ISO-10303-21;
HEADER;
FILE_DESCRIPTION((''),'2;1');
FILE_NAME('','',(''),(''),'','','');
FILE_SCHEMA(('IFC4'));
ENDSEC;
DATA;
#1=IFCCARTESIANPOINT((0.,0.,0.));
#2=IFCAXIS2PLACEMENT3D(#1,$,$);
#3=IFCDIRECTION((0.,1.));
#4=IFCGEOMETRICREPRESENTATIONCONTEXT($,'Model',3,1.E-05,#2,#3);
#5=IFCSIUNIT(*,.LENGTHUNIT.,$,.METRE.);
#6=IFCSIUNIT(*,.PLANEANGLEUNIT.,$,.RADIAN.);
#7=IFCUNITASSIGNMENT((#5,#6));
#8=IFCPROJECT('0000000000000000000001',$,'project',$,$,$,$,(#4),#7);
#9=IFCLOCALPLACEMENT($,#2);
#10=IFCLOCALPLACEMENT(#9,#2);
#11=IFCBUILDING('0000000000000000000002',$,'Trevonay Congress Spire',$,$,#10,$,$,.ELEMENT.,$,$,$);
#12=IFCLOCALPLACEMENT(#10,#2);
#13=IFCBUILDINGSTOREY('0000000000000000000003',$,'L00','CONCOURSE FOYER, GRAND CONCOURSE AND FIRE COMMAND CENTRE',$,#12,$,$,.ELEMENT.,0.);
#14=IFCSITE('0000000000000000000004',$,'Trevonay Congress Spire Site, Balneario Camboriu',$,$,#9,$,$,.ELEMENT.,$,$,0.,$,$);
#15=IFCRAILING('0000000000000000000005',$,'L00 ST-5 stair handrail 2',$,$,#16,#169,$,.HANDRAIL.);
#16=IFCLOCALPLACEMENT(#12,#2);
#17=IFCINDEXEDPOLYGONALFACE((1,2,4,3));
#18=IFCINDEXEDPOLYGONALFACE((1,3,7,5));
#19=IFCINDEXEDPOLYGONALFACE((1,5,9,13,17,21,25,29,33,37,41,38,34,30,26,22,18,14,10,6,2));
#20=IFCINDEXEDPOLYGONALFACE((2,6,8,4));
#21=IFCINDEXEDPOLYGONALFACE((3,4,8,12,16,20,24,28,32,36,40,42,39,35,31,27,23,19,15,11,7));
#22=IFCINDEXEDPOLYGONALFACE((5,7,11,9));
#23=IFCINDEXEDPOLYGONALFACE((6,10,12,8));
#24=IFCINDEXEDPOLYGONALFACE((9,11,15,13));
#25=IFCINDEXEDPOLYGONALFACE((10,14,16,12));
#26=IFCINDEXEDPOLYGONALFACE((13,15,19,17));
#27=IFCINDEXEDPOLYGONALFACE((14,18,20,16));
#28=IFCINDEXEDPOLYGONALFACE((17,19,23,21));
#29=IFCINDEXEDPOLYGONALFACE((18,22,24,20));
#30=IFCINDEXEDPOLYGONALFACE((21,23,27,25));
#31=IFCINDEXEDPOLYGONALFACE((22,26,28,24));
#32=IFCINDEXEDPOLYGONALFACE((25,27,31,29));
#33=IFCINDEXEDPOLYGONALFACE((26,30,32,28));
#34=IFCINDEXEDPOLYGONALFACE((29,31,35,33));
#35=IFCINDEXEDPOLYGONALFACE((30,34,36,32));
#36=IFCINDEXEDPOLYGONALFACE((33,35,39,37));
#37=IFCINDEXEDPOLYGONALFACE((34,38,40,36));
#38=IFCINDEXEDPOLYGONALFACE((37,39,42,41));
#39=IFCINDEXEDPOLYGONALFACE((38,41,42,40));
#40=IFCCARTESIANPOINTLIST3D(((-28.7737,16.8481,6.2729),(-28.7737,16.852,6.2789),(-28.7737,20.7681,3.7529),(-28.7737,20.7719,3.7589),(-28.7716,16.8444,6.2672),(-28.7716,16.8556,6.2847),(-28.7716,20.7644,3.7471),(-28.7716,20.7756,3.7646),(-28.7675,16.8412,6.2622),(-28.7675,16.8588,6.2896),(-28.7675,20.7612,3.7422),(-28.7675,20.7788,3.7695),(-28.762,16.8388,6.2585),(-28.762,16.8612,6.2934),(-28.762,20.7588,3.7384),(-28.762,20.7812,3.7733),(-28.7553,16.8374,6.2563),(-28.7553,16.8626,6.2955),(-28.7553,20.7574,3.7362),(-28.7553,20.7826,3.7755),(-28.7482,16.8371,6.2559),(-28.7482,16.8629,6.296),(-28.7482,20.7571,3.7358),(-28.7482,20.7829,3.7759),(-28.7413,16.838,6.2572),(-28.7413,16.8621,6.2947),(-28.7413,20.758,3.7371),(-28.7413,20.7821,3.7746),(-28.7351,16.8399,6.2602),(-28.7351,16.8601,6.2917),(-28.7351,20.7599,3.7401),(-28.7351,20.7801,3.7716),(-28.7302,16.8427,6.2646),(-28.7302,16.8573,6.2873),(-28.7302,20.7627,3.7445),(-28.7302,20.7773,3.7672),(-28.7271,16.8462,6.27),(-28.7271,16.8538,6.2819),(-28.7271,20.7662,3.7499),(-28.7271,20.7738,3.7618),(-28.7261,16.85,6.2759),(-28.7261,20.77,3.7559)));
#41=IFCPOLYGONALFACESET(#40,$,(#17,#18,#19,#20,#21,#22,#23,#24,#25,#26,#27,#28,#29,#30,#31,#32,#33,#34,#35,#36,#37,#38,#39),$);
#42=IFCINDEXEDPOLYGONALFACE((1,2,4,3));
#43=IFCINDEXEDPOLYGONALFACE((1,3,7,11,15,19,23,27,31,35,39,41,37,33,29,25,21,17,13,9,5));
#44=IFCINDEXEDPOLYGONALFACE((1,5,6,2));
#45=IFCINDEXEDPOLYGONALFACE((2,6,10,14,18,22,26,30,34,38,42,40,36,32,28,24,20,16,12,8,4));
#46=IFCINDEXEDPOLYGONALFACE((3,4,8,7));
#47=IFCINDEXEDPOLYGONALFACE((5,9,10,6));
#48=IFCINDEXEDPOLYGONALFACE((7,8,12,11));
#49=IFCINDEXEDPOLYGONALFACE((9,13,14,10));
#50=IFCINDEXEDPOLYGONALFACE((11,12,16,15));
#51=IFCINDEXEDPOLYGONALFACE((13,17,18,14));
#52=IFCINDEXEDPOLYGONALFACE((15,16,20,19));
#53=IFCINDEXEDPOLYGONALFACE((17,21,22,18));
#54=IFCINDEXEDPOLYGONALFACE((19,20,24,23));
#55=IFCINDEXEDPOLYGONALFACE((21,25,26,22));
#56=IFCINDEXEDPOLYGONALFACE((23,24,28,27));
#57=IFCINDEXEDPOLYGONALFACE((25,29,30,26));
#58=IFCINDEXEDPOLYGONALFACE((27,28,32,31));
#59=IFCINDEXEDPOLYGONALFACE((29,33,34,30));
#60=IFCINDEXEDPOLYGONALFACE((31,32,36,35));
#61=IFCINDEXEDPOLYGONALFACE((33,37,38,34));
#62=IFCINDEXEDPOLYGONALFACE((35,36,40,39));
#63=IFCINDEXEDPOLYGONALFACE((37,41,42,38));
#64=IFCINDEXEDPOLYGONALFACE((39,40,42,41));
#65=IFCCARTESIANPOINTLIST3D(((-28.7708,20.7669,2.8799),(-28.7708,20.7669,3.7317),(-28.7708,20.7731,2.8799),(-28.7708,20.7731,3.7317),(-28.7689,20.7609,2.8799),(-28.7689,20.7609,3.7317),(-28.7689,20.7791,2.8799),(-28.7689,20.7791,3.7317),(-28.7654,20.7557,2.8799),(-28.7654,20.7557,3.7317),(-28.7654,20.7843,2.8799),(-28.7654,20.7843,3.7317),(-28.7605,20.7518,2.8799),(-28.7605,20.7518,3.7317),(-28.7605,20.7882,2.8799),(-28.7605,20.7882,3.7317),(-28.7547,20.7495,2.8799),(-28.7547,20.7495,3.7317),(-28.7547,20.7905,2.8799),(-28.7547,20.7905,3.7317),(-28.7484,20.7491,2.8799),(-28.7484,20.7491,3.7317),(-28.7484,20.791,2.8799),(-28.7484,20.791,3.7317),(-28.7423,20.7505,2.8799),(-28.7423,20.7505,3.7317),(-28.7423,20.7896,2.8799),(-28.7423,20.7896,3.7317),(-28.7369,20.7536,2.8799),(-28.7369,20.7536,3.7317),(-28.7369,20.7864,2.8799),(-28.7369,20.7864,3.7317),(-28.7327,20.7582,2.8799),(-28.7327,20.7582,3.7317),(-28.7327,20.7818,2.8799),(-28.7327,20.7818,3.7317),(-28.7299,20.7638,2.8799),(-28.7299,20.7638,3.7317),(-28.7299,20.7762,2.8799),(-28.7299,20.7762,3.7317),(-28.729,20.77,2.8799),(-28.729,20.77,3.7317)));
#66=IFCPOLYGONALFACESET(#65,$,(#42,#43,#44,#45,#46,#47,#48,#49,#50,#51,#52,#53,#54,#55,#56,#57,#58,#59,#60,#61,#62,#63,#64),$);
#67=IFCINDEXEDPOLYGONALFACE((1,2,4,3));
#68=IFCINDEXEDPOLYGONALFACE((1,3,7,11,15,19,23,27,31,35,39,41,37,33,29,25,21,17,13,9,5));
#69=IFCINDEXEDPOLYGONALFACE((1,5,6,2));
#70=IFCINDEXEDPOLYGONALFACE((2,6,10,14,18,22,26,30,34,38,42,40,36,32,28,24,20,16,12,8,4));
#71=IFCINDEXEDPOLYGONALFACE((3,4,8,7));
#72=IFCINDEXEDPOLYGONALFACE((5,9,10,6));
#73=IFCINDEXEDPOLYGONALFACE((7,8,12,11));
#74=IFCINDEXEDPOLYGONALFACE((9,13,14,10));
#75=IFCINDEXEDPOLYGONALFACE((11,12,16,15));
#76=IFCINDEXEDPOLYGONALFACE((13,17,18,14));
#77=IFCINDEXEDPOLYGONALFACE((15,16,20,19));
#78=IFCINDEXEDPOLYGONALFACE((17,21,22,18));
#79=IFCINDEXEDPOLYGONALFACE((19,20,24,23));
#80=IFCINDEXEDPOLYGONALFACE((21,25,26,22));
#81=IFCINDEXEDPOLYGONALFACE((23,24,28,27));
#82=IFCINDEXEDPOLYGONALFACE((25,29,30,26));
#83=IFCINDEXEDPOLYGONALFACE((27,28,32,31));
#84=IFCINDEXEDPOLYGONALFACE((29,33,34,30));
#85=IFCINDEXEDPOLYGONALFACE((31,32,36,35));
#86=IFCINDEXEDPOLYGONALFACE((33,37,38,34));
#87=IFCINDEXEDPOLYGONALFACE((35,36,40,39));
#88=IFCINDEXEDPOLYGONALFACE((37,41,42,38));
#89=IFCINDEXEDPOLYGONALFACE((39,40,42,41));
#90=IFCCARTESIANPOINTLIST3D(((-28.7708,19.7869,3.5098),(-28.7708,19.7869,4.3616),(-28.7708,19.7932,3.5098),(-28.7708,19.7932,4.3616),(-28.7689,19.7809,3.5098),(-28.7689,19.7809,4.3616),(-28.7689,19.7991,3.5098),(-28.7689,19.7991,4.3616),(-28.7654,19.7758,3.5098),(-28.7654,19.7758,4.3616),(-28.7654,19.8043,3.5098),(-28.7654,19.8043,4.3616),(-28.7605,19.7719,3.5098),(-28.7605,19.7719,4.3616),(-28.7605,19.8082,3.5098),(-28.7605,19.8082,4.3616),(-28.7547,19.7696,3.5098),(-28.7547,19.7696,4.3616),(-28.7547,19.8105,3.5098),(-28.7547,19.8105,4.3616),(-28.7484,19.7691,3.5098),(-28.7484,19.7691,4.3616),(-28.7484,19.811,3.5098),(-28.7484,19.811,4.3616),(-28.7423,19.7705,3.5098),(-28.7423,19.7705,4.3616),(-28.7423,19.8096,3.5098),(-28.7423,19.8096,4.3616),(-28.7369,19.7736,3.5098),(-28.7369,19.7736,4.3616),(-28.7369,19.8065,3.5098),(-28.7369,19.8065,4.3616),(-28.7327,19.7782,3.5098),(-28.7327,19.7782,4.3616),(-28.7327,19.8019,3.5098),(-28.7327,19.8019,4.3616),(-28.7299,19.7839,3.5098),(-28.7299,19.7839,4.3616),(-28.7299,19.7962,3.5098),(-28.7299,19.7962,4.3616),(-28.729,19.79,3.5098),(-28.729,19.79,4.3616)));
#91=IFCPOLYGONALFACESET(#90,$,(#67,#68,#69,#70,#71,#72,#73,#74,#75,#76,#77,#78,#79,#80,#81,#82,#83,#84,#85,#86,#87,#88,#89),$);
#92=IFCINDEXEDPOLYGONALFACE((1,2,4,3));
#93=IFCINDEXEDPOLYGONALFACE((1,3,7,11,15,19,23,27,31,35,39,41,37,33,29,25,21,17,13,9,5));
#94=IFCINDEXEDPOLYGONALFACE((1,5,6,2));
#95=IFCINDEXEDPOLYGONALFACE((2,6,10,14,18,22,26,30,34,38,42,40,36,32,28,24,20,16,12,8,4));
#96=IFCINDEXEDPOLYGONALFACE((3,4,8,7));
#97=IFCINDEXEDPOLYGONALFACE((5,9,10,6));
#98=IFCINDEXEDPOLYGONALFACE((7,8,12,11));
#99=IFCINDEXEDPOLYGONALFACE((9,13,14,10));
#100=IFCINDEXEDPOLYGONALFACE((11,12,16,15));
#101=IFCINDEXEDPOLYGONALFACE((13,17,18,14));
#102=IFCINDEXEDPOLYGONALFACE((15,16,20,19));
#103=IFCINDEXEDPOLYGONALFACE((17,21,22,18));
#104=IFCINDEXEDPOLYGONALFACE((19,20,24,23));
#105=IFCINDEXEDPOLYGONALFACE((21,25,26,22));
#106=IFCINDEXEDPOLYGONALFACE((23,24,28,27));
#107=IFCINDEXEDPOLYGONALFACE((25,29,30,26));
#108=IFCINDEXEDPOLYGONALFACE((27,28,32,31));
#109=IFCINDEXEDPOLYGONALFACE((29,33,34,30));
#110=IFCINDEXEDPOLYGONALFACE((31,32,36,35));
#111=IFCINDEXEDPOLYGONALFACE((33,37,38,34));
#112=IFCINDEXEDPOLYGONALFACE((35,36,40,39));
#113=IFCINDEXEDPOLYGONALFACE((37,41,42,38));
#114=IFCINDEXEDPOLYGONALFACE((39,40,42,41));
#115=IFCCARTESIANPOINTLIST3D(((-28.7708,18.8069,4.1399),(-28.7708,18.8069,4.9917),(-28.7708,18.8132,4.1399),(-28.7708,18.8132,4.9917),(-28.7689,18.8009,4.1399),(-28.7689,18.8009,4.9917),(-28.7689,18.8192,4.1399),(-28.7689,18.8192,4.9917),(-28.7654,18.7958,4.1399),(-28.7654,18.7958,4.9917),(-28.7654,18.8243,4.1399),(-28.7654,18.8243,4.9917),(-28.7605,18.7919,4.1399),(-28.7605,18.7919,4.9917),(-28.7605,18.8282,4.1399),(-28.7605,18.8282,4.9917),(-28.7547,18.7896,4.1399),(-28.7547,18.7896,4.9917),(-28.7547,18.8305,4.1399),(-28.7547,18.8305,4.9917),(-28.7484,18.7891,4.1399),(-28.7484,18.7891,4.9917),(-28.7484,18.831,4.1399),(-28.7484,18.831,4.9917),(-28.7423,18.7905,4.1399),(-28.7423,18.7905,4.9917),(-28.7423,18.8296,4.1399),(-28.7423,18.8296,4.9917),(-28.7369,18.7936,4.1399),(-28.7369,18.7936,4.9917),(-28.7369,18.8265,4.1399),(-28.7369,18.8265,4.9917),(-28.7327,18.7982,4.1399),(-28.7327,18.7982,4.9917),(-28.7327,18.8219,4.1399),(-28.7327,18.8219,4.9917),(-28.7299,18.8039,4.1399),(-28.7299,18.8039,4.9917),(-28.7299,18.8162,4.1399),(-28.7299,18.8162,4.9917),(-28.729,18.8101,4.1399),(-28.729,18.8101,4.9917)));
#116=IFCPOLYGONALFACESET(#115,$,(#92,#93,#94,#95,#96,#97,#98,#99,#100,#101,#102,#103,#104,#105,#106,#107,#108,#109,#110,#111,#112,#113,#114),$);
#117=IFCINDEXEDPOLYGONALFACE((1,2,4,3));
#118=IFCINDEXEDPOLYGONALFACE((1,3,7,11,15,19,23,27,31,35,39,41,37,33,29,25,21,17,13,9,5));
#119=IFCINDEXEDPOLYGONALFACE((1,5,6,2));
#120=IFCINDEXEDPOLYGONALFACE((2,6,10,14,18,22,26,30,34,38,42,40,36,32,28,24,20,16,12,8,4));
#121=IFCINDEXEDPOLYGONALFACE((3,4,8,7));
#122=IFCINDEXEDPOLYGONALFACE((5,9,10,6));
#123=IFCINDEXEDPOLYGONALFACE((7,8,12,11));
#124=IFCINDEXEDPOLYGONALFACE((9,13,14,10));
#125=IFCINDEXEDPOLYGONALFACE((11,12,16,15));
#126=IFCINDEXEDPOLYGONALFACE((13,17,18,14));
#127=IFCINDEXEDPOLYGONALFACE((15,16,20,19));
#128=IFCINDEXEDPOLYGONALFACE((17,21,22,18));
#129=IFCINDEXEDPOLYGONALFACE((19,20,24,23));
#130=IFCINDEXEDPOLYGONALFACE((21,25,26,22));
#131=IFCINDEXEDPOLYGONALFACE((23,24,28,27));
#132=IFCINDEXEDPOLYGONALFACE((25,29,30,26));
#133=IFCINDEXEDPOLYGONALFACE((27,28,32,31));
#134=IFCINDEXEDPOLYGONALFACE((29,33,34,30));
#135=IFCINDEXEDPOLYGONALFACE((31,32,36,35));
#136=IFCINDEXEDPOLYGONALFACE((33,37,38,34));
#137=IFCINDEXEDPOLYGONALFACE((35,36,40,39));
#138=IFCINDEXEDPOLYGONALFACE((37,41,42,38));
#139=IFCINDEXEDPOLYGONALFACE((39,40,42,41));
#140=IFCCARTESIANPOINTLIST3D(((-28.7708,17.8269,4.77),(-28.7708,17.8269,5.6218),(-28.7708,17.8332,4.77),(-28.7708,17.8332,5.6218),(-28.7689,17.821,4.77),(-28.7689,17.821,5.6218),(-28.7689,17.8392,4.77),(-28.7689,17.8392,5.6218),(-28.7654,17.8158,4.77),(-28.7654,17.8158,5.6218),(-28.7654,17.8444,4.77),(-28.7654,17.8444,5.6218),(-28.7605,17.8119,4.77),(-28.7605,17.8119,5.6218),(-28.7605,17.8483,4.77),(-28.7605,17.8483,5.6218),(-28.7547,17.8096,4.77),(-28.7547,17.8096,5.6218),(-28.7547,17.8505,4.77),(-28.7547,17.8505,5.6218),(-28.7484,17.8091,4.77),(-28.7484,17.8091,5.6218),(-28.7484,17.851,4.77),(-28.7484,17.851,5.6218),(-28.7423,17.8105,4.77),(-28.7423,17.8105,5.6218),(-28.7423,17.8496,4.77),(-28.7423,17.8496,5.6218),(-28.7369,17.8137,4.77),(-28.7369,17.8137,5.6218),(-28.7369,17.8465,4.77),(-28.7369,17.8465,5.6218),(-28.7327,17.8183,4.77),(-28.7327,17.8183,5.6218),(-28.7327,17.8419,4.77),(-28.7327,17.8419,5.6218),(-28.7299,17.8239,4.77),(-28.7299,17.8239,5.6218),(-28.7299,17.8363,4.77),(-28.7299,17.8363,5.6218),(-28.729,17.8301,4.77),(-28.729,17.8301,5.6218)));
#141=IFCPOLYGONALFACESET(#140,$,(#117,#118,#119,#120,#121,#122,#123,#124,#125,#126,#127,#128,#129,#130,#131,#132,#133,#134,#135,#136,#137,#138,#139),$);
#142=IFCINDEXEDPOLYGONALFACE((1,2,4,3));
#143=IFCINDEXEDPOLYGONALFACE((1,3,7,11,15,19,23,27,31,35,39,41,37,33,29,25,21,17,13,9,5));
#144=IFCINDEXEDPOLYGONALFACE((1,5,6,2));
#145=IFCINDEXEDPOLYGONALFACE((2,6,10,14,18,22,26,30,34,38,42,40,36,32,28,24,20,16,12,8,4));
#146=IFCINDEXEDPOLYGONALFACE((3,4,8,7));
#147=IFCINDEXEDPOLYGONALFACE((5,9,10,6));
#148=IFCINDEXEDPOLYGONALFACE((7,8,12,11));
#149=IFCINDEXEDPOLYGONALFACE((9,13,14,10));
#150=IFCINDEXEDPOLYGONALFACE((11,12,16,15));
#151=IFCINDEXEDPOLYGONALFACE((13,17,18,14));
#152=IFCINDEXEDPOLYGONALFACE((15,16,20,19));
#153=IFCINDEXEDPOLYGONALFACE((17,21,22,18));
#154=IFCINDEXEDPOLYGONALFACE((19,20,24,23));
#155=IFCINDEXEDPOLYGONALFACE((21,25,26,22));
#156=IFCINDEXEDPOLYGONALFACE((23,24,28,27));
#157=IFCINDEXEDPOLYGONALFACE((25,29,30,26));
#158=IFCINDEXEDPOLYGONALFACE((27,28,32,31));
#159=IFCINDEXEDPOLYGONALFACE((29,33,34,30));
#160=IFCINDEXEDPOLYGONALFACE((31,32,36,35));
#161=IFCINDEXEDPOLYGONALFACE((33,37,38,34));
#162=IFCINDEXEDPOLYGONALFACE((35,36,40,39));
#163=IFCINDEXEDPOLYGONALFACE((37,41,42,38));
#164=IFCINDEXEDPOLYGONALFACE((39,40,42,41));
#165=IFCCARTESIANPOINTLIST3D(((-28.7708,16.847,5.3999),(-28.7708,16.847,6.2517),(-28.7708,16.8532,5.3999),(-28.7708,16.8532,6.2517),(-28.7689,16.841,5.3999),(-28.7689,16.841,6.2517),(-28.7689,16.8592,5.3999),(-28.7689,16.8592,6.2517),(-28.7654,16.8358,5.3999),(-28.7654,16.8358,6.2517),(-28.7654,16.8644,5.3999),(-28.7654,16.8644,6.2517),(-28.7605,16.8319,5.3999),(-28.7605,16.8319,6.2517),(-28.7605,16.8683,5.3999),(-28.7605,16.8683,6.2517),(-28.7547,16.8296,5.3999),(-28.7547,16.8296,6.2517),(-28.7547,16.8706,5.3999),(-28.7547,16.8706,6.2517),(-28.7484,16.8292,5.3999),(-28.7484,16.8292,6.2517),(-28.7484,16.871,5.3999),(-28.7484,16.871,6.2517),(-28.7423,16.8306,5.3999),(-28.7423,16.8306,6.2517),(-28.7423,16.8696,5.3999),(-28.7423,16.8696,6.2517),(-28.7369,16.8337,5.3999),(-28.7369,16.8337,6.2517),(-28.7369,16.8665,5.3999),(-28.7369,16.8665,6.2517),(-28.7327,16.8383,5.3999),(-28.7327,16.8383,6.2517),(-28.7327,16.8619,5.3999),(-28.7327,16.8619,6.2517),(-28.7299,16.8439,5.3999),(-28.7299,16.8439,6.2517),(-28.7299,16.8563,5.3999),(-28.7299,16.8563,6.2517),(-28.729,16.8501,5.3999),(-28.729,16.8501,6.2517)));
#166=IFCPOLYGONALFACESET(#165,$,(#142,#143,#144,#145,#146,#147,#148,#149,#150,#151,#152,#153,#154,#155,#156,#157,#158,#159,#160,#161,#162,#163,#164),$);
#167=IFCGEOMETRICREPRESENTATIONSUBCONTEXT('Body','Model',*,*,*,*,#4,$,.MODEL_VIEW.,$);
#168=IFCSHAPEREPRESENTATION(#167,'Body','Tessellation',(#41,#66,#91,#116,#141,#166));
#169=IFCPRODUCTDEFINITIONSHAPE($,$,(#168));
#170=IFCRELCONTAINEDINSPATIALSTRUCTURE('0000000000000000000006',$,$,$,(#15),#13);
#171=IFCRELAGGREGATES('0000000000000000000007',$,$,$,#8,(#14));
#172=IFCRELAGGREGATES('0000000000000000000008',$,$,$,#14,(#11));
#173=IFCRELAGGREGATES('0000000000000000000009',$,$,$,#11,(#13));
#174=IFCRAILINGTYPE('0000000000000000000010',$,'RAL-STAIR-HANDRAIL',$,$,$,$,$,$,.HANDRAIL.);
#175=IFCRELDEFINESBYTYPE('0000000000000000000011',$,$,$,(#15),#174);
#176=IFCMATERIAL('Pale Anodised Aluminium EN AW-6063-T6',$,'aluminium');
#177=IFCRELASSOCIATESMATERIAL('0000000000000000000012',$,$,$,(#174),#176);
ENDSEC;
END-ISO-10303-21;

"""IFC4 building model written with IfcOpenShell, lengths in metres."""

from ifc_helpers import new_model, si_unit, direction, frame, origin, origin_2d, place, context, subcontext, project, spatial, circle, extrude, material, type_object, element, save


model = new_model("IFC4")

# Units and contexts
model_context = context("Model", 3, precision=1e-05, world=origin(), true_north=direction((0.0, 1.0)))
body_context = subcontext(model_context, "Body", "Model", "MODEL_VIEW")
ifc_project = project(units=[si_unit("LENGTHUNIT", "METRE"), si_unit("PLANEANGLEUNIT", "RADIAN")], contexts=[model_context])

# Site, building, storey
site_placement = place(None, origin())
site = spatial("IfcSite", under=ifc_project, at=site_placement, Name="Trevonay Congress Spire Site, Balneario Camboriu", CompositionType="ELEMENT", RefElevation=0.0)
building_placement = place(site_placement, origin())
building = spatial("IfcBuilding", under=site, at=building_placement, Name="Trevonay Congress Spire", CompositionType="ELEMENT")
storey_placement = place(building_placement, origin())
storey = spatial("IfcBuildingStorey", under=building, at=storey_placement, Name="L00", Description="CONCOURSE FOYER, GRAND CONCOURSE AND FIRE COMMAND CENTRE", CompositionType="ELEMENT", Elevation=0.0)

# Shared definitions
ifc_material_1 = material(Name="Pale Anodised Aluminium EN AW-6063-T6", Category="aluminium")

# Railing
railing_type_1 = type_object("IfcRailingType", Name="RAL-STAIR-HANDRAIL", PredefinedType="HANDRAIL", material=ifc_material_1)
railing_1_placement = place(storey_placement, frame((-28.75, 20.77, 2.8799)))
element("IfcRailing", 1, at=railing_1_placement, inside=storey, type_object=railing_type_1, Name="L00 ST-5 stair handrail 2", PredefinedType="HANDRAIL", context=body_context, shape_type="SweptSolid", body=[
    extrude(circle(Radius=0.0239, at=origin_2d()), frame((0.0, 0.0, 0.876), z_axis=(0.0, -0.841172, 0.540768), x_axis=(1.0, 0.0, 0.0)), (0.0, 0.0, 1.0), 4.6602),
    extrude(circle(Radius=0.021, at=origin_2d()), origin(), (0.0, 0.0, 1.0), 0.8518),
    extrude(circle(Radius=0.021, at=origin_2d()), frame((0.0, -0.98, 0.6299)), (0.0, 0.0, 1.0), 0.8518),
    extrude(circle(Radius=0.021, at=origin_2d()), frame((0.0, -1.96, 1.26)), (0.0, 0.0, 1.0), 0.8518),
    extrude(circle(Radius=0.021, at=origin_2d()), frame((0.0, -2.9399, 1.8901)), (0.0, 0.0, 1.0), 0.8518),
    extrude(circle(Radius=0.021, at=origin_2d()), frame((0.0, -3.9199, 2.52)), (0.0, 0.0, 1.0), 0.8518),
])

save(model, "model.ifc")
